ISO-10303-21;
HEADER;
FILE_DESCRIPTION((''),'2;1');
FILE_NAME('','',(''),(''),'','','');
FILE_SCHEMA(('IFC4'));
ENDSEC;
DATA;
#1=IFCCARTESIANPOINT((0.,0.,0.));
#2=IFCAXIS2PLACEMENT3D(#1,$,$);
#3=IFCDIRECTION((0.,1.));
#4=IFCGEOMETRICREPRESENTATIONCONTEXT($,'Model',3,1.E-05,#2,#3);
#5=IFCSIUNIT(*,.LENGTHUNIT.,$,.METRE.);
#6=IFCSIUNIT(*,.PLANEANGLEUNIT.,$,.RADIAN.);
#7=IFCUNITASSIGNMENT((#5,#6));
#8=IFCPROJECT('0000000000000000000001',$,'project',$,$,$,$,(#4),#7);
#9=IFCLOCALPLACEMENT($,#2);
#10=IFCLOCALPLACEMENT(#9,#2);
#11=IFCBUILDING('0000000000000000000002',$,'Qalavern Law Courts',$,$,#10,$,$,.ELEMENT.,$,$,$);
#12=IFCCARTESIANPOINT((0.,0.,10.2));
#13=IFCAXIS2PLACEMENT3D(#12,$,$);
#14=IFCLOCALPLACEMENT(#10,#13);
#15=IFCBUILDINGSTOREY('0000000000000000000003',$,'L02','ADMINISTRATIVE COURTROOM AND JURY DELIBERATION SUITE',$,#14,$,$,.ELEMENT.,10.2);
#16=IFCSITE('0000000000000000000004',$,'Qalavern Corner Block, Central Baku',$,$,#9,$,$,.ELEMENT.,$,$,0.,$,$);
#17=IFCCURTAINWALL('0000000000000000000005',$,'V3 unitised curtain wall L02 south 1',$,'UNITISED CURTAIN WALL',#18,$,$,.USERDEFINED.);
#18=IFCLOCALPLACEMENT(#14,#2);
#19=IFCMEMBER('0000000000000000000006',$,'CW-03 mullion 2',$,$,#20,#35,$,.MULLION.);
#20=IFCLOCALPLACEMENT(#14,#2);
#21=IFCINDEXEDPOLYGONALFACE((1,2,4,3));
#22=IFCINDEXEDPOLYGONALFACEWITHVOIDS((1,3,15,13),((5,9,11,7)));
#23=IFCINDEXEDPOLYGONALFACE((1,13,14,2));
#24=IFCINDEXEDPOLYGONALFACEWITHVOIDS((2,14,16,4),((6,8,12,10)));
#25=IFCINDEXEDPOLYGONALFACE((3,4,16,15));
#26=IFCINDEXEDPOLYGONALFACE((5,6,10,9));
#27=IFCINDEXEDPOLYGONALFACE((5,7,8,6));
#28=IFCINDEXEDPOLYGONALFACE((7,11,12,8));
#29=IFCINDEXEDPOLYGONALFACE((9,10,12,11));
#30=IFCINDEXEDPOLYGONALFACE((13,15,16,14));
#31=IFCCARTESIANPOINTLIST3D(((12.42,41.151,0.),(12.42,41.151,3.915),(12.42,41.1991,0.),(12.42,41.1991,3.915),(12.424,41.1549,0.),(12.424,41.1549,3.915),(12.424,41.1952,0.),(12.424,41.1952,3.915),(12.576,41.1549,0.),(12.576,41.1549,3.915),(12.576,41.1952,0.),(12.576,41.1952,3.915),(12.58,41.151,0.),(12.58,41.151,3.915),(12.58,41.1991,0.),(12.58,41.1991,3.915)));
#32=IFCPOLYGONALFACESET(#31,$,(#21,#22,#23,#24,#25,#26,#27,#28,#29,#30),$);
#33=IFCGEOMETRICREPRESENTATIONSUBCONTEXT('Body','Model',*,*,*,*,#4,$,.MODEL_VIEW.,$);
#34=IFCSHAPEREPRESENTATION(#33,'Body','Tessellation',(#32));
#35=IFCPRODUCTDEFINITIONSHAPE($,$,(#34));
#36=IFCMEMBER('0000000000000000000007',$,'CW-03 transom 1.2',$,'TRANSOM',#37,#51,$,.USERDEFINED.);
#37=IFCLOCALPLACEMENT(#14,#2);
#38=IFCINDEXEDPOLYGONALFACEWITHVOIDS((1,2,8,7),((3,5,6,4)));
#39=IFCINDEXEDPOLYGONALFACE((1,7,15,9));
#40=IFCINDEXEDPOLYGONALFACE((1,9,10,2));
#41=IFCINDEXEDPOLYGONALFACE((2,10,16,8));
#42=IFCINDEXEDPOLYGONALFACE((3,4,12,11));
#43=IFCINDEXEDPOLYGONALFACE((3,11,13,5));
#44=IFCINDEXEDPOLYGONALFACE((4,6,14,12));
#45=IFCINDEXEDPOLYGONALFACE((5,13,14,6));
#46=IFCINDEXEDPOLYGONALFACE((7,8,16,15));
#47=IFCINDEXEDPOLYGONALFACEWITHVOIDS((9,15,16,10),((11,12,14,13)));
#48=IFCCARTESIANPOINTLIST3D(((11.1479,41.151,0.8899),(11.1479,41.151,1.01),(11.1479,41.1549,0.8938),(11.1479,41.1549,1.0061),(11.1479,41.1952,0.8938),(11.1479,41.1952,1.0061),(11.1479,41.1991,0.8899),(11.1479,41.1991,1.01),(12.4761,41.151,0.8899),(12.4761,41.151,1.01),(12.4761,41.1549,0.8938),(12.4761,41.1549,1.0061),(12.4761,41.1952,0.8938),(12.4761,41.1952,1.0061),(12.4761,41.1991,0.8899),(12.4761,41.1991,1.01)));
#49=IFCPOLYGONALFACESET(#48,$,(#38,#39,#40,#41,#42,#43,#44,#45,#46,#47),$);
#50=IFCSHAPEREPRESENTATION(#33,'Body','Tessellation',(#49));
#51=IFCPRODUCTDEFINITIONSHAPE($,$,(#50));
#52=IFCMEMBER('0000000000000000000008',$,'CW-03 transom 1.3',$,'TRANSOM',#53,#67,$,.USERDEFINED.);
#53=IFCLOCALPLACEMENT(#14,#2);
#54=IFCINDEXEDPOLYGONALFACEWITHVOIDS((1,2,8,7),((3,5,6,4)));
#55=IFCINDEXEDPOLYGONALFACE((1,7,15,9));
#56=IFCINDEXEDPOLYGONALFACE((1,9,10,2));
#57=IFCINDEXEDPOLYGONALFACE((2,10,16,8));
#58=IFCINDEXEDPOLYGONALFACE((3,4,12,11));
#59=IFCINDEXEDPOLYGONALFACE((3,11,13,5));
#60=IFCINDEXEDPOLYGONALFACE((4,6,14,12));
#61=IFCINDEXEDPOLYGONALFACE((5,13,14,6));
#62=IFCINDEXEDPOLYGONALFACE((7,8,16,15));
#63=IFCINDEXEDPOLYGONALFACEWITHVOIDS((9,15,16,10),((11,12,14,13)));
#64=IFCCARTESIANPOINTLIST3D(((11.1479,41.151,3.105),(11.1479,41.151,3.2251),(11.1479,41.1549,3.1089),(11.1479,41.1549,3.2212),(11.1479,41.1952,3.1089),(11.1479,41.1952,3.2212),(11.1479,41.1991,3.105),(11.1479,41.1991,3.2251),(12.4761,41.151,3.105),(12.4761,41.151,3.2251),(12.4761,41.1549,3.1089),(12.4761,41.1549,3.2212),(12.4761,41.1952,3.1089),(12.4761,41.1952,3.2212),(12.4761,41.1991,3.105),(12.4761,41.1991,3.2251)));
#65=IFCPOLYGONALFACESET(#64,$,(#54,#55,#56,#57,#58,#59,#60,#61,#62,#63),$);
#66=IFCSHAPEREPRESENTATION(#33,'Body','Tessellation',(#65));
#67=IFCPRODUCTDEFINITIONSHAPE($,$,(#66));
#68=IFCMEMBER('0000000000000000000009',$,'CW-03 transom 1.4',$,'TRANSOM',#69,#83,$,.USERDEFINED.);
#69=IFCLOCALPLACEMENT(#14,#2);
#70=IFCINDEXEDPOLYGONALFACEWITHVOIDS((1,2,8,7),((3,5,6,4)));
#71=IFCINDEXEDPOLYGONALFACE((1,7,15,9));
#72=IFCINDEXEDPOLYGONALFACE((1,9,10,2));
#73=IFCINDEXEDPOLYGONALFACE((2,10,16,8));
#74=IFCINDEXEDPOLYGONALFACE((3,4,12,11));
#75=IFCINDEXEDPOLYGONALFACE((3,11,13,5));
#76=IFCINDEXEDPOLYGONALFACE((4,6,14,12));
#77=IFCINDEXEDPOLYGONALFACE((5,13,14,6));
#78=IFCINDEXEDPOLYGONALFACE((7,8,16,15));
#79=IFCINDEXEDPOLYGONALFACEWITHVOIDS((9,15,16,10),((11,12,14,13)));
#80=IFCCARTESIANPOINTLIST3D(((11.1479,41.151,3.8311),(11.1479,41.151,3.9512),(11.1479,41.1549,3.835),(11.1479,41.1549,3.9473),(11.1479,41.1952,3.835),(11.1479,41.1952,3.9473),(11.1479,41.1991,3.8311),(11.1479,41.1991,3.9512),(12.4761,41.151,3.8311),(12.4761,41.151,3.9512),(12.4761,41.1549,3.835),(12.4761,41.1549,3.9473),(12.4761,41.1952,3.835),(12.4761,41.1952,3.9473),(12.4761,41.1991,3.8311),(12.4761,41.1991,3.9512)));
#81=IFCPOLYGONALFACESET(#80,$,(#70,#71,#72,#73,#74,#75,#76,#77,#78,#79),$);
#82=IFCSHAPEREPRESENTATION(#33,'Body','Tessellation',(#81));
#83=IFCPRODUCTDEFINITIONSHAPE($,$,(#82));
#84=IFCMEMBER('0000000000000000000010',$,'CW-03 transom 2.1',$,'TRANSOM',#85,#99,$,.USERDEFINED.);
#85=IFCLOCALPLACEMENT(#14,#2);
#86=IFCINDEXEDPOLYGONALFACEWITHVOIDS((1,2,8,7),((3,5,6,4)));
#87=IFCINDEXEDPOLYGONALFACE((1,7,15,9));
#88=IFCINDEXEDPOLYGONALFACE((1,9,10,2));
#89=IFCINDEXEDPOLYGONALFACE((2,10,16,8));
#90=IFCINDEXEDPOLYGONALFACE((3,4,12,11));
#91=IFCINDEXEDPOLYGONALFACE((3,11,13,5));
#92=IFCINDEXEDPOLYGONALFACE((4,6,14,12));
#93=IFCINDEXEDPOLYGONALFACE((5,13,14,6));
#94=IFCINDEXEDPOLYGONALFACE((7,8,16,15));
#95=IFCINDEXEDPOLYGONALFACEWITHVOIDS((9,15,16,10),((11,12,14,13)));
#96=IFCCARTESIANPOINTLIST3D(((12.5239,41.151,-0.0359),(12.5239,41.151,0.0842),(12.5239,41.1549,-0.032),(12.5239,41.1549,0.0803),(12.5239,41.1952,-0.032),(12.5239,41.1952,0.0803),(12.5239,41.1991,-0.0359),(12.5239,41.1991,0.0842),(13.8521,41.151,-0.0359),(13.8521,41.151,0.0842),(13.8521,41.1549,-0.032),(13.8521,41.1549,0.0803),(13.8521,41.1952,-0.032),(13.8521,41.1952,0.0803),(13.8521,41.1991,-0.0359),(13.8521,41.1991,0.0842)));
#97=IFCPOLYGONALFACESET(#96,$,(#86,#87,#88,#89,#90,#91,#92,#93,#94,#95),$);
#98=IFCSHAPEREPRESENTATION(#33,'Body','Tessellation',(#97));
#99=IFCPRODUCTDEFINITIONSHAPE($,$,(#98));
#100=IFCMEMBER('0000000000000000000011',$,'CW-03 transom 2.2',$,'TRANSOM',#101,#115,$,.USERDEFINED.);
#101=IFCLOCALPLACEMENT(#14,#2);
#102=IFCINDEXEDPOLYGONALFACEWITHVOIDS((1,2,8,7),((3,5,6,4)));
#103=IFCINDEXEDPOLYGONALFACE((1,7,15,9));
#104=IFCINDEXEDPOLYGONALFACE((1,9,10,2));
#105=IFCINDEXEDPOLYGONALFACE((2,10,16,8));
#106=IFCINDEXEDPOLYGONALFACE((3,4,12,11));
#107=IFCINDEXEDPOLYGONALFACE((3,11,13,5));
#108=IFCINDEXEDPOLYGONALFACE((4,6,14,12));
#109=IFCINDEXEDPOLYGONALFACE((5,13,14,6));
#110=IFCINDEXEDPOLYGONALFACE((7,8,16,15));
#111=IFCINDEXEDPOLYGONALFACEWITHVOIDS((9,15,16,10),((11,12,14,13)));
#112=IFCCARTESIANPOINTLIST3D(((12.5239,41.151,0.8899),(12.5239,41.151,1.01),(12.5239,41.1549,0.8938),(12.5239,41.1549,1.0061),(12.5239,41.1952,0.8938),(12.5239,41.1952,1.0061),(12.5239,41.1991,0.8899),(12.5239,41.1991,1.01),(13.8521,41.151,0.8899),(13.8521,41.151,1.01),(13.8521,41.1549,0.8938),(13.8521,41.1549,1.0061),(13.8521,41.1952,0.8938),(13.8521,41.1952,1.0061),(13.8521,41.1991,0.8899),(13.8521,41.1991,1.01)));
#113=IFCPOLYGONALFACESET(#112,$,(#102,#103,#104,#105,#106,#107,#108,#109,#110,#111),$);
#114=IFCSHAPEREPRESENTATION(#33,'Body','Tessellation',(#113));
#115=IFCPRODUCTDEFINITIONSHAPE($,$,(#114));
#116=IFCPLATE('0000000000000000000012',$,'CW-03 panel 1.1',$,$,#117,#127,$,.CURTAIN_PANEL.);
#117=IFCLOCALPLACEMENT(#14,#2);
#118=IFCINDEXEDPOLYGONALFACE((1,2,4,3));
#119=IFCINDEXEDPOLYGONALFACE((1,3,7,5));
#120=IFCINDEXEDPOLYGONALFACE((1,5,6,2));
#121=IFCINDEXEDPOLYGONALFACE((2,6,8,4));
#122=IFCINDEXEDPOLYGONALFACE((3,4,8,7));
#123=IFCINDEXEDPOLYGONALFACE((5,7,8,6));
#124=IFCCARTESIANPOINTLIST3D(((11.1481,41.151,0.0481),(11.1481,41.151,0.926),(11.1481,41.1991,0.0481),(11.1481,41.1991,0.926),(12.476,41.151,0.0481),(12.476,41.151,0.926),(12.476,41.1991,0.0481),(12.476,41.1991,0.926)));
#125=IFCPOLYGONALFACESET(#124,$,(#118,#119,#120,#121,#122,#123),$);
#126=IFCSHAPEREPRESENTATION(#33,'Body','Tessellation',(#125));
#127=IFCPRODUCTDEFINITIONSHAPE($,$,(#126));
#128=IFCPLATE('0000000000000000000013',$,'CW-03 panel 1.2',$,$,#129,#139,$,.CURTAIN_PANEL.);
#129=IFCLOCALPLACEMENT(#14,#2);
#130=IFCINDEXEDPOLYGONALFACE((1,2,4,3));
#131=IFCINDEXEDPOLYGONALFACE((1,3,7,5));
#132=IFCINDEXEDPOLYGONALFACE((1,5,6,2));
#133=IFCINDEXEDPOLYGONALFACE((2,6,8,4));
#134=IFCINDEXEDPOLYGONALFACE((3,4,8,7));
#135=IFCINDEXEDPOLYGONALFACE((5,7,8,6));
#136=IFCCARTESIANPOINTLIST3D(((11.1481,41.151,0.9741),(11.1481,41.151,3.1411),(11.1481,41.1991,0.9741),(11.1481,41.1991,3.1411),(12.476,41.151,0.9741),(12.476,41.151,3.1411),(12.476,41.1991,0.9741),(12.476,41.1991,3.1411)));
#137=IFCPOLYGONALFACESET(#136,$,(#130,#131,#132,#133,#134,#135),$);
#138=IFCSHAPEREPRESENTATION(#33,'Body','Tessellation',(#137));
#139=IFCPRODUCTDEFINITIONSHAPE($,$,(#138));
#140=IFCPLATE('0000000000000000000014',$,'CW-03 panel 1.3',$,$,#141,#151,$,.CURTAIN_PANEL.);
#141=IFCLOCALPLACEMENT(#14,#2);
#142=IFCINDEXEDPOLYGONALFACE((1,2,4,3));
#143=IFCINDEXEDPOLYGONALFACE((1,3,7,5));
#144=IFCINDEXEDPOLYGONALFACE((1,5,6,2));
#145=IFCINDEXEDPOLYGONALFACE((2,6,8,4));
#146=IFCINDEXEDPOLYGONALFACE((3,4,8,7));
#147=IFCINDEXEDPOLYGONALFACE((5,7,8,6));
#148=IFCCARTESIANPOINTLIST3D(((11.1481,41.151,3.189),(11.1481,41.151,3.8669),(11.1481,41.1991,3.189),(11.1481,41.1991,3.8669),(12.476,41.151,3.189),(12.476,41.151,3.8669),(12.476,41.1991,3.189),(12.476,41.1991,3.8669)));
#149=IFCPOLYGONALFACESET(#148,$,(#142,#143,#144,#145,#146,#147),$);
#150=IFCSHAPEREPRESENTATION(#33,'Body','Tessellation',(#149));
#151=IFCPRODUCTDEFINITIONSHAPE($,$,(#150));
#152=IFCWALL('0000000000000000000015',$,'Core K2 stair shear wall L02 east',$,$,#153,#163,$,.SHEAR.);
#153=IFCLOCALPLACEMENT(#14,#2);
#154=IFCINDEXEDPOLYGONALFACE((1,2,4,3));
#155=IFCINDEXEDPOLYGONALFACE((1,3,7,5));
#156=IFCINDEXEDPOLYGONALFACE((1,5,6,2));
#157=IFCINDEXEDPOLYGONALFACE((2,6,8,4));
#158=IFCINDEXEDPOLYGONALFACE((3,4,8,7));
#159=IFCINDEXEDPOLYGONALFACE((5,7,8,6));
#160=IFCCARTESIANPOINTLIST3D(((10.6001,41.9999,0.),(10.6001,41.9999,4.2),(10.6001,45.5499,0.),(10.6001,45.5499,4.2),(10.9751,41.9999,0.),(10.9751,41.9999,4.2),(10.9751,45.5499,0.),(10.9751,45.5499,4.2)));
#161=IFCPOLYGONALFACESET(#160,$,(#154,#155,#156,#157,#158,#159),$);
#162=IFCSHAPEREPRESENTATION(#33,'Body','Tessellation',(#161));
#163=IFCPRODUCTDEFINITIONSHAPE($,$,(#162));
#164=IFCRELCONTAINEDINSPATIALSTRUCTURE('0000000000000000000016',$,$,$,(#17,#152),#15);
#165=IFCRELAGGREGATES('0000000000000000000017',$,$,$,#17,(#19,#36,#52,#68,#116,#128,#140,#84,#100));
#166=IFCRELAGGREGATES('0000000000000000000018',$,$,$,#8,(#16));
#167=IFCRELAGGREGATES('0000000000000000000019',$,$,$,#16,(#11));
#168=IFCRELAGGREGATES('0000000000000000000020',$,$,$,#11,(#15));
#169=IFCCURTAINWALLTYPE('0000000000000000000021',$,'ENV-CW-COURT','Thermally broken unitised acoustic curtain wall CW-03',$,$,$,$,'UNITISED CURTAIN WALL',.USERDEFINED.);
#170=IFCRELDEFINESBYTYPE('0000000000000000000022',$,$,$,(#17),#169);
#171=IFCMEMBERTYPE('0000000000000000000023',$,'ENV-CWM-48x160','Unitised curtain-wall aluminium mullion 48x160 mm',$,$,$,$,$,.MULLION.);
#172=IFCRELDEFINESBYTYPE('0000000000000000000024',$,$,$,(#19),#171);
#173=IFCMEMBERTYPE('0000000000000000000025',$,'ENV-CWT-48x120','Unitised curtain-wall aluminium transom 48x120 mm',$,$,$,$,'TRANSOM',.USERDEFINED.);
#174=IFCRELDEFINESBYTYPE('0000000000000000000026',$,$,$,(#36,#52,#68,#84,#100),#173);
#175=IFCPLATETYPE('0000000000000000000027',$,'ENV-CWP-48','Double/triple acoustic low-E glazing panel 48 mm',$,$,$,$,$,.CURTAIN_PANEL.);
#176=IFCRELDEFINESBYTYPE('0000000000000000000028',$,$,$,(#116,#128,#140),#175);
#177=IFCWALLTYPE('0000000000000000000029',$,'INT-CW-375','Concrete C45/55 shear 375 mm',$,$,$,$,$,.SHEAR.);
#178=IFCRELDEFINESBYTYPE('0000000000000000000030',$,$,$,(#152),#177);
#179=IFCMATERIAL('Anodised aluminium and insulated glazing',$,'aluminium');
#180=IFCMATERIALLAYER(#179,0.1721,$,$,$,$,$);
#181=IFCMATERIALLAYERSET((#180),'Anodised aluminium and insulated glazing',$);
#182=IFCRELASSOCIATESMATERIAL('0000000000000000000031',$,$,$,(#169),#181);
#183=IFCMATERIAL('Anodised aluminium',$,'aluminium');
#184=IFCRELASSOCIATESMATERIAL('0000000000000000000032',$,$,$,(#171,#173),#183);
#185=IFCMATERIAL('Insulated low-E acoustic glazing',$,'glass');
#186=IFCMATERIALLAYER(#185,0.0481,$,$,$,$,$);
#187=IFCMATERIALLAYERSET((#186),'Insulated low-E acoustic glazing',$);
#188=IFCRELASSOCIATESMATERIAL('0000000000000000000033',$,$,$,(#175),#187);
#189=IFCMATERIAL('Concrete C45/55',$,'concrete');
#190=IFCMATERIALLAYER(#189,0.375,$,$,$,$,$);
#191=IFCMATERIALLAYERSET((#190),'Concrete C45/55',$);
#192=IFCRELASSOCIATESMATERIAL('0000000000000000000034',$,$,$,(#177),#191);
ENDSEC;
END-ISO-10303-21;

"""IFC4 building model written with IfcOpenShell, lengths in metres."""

from ifc_helpers import new_model, si_unit, direction, frame, frame_2d, origin, origin_2d, place, context, subcontext, project, spatial, rectangle, hollow_rectangle, extrude, material, layer, layer_set, material_profile, profile_set, type_object, element, aggregate, save


model = new_model("IFC4")

# Units and contexts
model_context = context("Model", 3, precision=1e-05, world=origin(), true_north=direction((0.0, 1.0)))
body_context = subcontext(model_context, "Body", "Model", "MODEL_VIEW")
ifc_project = project(units=[si_unit("LENGTHUNIT", "METRE"), si_unit("PLANEANGLEUNIT", "RADIAN")], contexts=[model_context])

# Site, building, storey
site_placement = place(None, origin())
site = spatial("IfcSite", under=ifc_project, at=site_placement, Name="Qalavern Corner Block, Central Baku", CompositionType="ELEMENT", RefElevation=0.0)
building_placement = place(site_placement, origin())
building = spatial("IfcBuilding", under=site, at=building_placement, Name="Qalavern Law Courts", CompositionType="ELEMENT")
storey_placement = place(building_placement, frame((0.0, 0.0, 10.2)))
storey = spatial("IfcBuildingStorey", under=building, at=storey_placement, Name="L02", Description="ADMINISTRATIVE COURTROOM AND JURY DELIBERATION SUITE", CompositionType="ELEMENT", Elevation=10.2)

# Curtain wall, members, plates
ifc_material_1 = material(Name="Anodised aluminium and insulated glazing", Category="aluminium")
ifc_layer_1 = layer(ifc_material_1, 0.1721)
ifc_layer_set_1 = layer_set([ifc_layer_1], Name="Anodised aluminium and insulated glazing")
curtain_wall_type = type_object("IfcCurtainWallType", Name="ENV-CW-COURT", Description="Thermally broken unitised acoustic curtain wall CW-03", ElementType="UNITISED CURTAIN WALL", PredefinedType="USERDEFINED", material=ifc_layer_set_1)
curtain_wall_placement = place(storey_placement, origin())
curtain_wall = element("IfcCurtainWall", 1, at=curtain_wall_placement, inside=storey, type_object=curtain_wall_type, Name="V3 unitised curtain wall L02 south 1", ObjectType="UNITISED CURTAIN WALL", PredefinedType="USERDEFINED")
ifc_material_2 = material(Name="Anodised aluminium", Category="aluminium")
ifc_material_profile_1 = material_profile(ifc_material_2, hollow_rectangle(XDim=0.0481, YDim=0.1599, WallThickness=0.0039, at=origin_2d()), Name="ALU MULLION 48x160")
ifc_profile_set_1 = profile_set([ifc_material_profile_1], Name="Anodised aluminium")
member_type_1 = type_object("IfcMemberType", Name="ENV-CWM-48x160", Description="Unitised curtain-wall aluminium mullion 48x160 mm", PredefinedType="MULLION", material=ifc_profile_set_1)
member_1_placement = place(storey_placement, frame((12.5, 41.175, 0.0), z_axis=(0.0, 0.0, 1.0), x_axis=(0.0, 1.0, 0.0)))
member_1 = element("IfcMember", 2, at=member_1_placement, type_object=member_type_1, Name="CW-03 mullion 2", PredefinedType="MULLION", context=body_context, shape_type="SweptSolid", body=[
    extrude(hollow_rectangle(XDim=0.0481, YDim=0.1599, WallThickness=0.0039, at=origin_2d()), origin(), (0.0, 0.0, 1.0), 3.915),
])
ifc_material_profile_2 = material_profile(ifc_material_2, hollow_rectangle(XDim=0.0481, YDim=0.1201, WallThickness=0.0039, at=origin_2d()), Name="ALU TRANSOM 48x120")
ifc_profile_set_2 = profile_set([ifc_material_profile_2], Name="Anodised aluminium")
member_type_2 = type_object("IfcMemberType", Name="ENV-CWT-48x120", Description="Unitised curtain-wall aluminium transom 48x120 mm", ElementType="TRANSOM", PredefinedType="USERDEFINED", material=ifc_profile_set_2)
member_2_placement = place(storey_placement, frame((11.1479, 41.175, 0.95), z_axis=(1.0, 0.0, 0.0), x_axis=(0.0, 1.0, 0.0)))
member_2 = element("IfcMember", 3, at=member_2_placement, type_object=member_type_2, Name="CW-03 transom 1.2", ObjectType="TRANSOM", PredefinedType="USERDEFINED", context=body_context, shape_type="SweptSolid", body=[
    extrude(hollow_rectangle(XDim=0.0481, YDim=0.1201, WallThickness=0.0039, at=origin_2d()), origin(), (0.0, 0.0, 1.0), 1.3281),
])
member_3_placement = place(storey_placement, frame((11.1479, 41.175, 3.165), z_axis=(1.0, 0.0, 0.0), x_axis=(0.0, 1.0, 0.0)))
member_3 = element("IfcMember", 4, at=member_3_placement, type_object=member_type_2, Name="CW-03 transom 1.3", ObjectType="TRANSOM", PredefinedType="USERDEFINED", context=body_context, shape_type="SweptSolid", body=[
    extrude(hollow_rectangle(XDim=0.0481, YDim=0.1201, WallThickness=0.0039, at=origin_2d()), origin(), (0.0, 0.0, 1.0), 1.3281),
])
member_4_placement = place(storey_placement, frame((11.1479, 41.175, 3.8911), z_axis=(1.0, 0.0, 0.0), x_axis=(0.0, 1.0, 0.0)))
member_4 = element("IfcMember", 5, at=member_4_placement, type_object=member_type_2, Name="CW-03 transom 1.4", ObjectType="TRANSOM", PredefinedType="USERDEFINED", context=body_context, shape_type="SweptSolid", body=[
    extrude(hollow_rectangle(XDim=0.0481, YDim=0.1201, WallThickness=0.0039, at=origin_2d()), origin(), (0.0, 0.0, 1.0), 1.3281),
])
member_5_placement = place(storey_placement, frame((12.5239, 41.175, 0.0242), z_axis=(1.0, 0.0, 0.0), x_axis=(0.0, 1.0, 0.0)))
member_5 = element("IfcMember", 6, at=member_5_placement, type_object=member_type_2, Name="CW-03 transom 2.1", ObjectType="TRANSOM", PredefinedType="USERDEFINED", context=body_context, shape_type="SweptSolid", body=[
    extrude(hollow_rectangle(XDim=0.0481, YDim=0.1201, WallThickness=0.0039, at=origin_2d()), origin(), (0.0, 0.0, 1.0), 1.3281),
])
member_6_placement = place(storey_placement, frame((12.5239, 41.175, 0.95), z_axis=(1.0, 0.0, 0.0), x_axis=(0.0, 1.0, 0.0)))
member_6 = element("IfcMember", 7, at=member_6_placement, type_object=member_type_2, Name="CW-03 transom 2.2", ObjectType="TRANSOM", PredefinedType="USERDEFINED", context=body_context, shape_type="SweptSolid", body=[
    extrude(hollow_rectangle(XDim=0.0481, YDim=0.1201, WallThickness=0.0039, at=origin_2d()), origin(), (0.0, 0.0, 1.0), 1.3281),
])
ifc_material_3 = material(Name="Insulated low-E acoustic glazing", Category="glass")
ifc_layer_2 = layer(ifc_material_3, 0.0481)
ifc_layer_set_2 = layer_set([ifc_layer_2], Name="Insulated low-E acoustic glazing")
plate_type = type_object("IfcPlateType", Name="ENV-CWP-48", Description="Double/triple acoustic low-E glazing panel 48 mm", PredefinedType="CURTAIN_PANEL", material=ifc_layer_set_2)
plate_1_placement = place(storey_placement, frame((11.812, 41.175, 0.0481), z_axis=(0.0, 0.0, 1.0), x_axis=(1.0, 0.0, 0.0)))
plate_1 = element("IfcPlate", 8, at=plate_1_placement, type_object=plate_type, Name="CW-03 panel 1.1", PredefinedType="CURTAIN_PANEL", context=body_context, shape_type="SweptSolid", body=[
    extrude(rectangle(XDim=1.3279, YDim=0.0481, at=origin_2d()), origin(), (0.0, 0.0, 1.0), 0.8779),
])
plate_2_placement = place(storey_placement, frame((11.812, 41.175, 0.9741), z_axis=(0.0, 0.0, 1.0), x_axis=(1.0, 0.0, 0.0)))
plate_2 = element("IfcPlate", 9, at=plate_2_placement, type_object=plate_type, Name="CW-03 panel 1.2", PredefinedType="CURTAIN_PANEL", context=body_context, shape_type="SweptSolid", body=[
    extrude(rectangle(XDim=1.3279, YDim=0.0481, at=origin_2d()), origin(), (0.0, 0.0, 1.0), 2.167),
])
plate_3_placement = place(storey_placement, frame((11.812, 41.175, 3.189), z_axis=(0.0, 0.0, 1.0), x_axis=(1.0, 0.0, 0.0)))
plate_3 = element("IfcPlate", 10, at=plate_3_placement, type_object=plate_type, Name="CW-03 panel 1.3", PredefinedType="CURTAIN_PANEL", context=body_context, shape_type="SweptSolid", body=[
    extrude(rectangle(XDim=1.3279, YDim=0.0481, at=origin_2d()), origin(), (0.0, 0.0, 1.0), 0.678),
])
aggregate(curtain_wall, [member_1, member_2, member_3, member_4, plate_1, plate_2, plate_3, member_5, member_6])

# Wall
ifc_material_4 = material(Name="Concrete C45/55", Category="concrete")
ifc_layer_3 = layer(ifc_material_4, 0.375)
ifc_layer_set_3 = layer_set([ifc_layer_3], Name="Concrete C45/55")
wall_type_1 = type_object("IfcWallType", Name="INT-CW-375", Description="Concrete C45/55 shear 375 mm", PredefinedType="SHEAR", material=ifc_layer_set_3)
wall_1_placement = place(storey_placement, frame((10.7876, 42.0, 0.0), z_axis=(0.0, 0.0, 1.0), x_axis=(0.0, 1.0, 0.0)))
element("IfcWall", 11, at=wall_1_placement, inside=storey, type_object=wall_type_1, Name="Core K2 stair shear wall L02 east", PredefinedType="SHEAR", context=body_context, shape_type="SweptSolid", body=[
    extrude(rectangle(XDim=3.55, YDim=0.375, at=frame_2d((1.7749, 0.0))), origin(), (0.0, 0.0, 1.0), 4.2),
])

save(model, "model.ifc")
